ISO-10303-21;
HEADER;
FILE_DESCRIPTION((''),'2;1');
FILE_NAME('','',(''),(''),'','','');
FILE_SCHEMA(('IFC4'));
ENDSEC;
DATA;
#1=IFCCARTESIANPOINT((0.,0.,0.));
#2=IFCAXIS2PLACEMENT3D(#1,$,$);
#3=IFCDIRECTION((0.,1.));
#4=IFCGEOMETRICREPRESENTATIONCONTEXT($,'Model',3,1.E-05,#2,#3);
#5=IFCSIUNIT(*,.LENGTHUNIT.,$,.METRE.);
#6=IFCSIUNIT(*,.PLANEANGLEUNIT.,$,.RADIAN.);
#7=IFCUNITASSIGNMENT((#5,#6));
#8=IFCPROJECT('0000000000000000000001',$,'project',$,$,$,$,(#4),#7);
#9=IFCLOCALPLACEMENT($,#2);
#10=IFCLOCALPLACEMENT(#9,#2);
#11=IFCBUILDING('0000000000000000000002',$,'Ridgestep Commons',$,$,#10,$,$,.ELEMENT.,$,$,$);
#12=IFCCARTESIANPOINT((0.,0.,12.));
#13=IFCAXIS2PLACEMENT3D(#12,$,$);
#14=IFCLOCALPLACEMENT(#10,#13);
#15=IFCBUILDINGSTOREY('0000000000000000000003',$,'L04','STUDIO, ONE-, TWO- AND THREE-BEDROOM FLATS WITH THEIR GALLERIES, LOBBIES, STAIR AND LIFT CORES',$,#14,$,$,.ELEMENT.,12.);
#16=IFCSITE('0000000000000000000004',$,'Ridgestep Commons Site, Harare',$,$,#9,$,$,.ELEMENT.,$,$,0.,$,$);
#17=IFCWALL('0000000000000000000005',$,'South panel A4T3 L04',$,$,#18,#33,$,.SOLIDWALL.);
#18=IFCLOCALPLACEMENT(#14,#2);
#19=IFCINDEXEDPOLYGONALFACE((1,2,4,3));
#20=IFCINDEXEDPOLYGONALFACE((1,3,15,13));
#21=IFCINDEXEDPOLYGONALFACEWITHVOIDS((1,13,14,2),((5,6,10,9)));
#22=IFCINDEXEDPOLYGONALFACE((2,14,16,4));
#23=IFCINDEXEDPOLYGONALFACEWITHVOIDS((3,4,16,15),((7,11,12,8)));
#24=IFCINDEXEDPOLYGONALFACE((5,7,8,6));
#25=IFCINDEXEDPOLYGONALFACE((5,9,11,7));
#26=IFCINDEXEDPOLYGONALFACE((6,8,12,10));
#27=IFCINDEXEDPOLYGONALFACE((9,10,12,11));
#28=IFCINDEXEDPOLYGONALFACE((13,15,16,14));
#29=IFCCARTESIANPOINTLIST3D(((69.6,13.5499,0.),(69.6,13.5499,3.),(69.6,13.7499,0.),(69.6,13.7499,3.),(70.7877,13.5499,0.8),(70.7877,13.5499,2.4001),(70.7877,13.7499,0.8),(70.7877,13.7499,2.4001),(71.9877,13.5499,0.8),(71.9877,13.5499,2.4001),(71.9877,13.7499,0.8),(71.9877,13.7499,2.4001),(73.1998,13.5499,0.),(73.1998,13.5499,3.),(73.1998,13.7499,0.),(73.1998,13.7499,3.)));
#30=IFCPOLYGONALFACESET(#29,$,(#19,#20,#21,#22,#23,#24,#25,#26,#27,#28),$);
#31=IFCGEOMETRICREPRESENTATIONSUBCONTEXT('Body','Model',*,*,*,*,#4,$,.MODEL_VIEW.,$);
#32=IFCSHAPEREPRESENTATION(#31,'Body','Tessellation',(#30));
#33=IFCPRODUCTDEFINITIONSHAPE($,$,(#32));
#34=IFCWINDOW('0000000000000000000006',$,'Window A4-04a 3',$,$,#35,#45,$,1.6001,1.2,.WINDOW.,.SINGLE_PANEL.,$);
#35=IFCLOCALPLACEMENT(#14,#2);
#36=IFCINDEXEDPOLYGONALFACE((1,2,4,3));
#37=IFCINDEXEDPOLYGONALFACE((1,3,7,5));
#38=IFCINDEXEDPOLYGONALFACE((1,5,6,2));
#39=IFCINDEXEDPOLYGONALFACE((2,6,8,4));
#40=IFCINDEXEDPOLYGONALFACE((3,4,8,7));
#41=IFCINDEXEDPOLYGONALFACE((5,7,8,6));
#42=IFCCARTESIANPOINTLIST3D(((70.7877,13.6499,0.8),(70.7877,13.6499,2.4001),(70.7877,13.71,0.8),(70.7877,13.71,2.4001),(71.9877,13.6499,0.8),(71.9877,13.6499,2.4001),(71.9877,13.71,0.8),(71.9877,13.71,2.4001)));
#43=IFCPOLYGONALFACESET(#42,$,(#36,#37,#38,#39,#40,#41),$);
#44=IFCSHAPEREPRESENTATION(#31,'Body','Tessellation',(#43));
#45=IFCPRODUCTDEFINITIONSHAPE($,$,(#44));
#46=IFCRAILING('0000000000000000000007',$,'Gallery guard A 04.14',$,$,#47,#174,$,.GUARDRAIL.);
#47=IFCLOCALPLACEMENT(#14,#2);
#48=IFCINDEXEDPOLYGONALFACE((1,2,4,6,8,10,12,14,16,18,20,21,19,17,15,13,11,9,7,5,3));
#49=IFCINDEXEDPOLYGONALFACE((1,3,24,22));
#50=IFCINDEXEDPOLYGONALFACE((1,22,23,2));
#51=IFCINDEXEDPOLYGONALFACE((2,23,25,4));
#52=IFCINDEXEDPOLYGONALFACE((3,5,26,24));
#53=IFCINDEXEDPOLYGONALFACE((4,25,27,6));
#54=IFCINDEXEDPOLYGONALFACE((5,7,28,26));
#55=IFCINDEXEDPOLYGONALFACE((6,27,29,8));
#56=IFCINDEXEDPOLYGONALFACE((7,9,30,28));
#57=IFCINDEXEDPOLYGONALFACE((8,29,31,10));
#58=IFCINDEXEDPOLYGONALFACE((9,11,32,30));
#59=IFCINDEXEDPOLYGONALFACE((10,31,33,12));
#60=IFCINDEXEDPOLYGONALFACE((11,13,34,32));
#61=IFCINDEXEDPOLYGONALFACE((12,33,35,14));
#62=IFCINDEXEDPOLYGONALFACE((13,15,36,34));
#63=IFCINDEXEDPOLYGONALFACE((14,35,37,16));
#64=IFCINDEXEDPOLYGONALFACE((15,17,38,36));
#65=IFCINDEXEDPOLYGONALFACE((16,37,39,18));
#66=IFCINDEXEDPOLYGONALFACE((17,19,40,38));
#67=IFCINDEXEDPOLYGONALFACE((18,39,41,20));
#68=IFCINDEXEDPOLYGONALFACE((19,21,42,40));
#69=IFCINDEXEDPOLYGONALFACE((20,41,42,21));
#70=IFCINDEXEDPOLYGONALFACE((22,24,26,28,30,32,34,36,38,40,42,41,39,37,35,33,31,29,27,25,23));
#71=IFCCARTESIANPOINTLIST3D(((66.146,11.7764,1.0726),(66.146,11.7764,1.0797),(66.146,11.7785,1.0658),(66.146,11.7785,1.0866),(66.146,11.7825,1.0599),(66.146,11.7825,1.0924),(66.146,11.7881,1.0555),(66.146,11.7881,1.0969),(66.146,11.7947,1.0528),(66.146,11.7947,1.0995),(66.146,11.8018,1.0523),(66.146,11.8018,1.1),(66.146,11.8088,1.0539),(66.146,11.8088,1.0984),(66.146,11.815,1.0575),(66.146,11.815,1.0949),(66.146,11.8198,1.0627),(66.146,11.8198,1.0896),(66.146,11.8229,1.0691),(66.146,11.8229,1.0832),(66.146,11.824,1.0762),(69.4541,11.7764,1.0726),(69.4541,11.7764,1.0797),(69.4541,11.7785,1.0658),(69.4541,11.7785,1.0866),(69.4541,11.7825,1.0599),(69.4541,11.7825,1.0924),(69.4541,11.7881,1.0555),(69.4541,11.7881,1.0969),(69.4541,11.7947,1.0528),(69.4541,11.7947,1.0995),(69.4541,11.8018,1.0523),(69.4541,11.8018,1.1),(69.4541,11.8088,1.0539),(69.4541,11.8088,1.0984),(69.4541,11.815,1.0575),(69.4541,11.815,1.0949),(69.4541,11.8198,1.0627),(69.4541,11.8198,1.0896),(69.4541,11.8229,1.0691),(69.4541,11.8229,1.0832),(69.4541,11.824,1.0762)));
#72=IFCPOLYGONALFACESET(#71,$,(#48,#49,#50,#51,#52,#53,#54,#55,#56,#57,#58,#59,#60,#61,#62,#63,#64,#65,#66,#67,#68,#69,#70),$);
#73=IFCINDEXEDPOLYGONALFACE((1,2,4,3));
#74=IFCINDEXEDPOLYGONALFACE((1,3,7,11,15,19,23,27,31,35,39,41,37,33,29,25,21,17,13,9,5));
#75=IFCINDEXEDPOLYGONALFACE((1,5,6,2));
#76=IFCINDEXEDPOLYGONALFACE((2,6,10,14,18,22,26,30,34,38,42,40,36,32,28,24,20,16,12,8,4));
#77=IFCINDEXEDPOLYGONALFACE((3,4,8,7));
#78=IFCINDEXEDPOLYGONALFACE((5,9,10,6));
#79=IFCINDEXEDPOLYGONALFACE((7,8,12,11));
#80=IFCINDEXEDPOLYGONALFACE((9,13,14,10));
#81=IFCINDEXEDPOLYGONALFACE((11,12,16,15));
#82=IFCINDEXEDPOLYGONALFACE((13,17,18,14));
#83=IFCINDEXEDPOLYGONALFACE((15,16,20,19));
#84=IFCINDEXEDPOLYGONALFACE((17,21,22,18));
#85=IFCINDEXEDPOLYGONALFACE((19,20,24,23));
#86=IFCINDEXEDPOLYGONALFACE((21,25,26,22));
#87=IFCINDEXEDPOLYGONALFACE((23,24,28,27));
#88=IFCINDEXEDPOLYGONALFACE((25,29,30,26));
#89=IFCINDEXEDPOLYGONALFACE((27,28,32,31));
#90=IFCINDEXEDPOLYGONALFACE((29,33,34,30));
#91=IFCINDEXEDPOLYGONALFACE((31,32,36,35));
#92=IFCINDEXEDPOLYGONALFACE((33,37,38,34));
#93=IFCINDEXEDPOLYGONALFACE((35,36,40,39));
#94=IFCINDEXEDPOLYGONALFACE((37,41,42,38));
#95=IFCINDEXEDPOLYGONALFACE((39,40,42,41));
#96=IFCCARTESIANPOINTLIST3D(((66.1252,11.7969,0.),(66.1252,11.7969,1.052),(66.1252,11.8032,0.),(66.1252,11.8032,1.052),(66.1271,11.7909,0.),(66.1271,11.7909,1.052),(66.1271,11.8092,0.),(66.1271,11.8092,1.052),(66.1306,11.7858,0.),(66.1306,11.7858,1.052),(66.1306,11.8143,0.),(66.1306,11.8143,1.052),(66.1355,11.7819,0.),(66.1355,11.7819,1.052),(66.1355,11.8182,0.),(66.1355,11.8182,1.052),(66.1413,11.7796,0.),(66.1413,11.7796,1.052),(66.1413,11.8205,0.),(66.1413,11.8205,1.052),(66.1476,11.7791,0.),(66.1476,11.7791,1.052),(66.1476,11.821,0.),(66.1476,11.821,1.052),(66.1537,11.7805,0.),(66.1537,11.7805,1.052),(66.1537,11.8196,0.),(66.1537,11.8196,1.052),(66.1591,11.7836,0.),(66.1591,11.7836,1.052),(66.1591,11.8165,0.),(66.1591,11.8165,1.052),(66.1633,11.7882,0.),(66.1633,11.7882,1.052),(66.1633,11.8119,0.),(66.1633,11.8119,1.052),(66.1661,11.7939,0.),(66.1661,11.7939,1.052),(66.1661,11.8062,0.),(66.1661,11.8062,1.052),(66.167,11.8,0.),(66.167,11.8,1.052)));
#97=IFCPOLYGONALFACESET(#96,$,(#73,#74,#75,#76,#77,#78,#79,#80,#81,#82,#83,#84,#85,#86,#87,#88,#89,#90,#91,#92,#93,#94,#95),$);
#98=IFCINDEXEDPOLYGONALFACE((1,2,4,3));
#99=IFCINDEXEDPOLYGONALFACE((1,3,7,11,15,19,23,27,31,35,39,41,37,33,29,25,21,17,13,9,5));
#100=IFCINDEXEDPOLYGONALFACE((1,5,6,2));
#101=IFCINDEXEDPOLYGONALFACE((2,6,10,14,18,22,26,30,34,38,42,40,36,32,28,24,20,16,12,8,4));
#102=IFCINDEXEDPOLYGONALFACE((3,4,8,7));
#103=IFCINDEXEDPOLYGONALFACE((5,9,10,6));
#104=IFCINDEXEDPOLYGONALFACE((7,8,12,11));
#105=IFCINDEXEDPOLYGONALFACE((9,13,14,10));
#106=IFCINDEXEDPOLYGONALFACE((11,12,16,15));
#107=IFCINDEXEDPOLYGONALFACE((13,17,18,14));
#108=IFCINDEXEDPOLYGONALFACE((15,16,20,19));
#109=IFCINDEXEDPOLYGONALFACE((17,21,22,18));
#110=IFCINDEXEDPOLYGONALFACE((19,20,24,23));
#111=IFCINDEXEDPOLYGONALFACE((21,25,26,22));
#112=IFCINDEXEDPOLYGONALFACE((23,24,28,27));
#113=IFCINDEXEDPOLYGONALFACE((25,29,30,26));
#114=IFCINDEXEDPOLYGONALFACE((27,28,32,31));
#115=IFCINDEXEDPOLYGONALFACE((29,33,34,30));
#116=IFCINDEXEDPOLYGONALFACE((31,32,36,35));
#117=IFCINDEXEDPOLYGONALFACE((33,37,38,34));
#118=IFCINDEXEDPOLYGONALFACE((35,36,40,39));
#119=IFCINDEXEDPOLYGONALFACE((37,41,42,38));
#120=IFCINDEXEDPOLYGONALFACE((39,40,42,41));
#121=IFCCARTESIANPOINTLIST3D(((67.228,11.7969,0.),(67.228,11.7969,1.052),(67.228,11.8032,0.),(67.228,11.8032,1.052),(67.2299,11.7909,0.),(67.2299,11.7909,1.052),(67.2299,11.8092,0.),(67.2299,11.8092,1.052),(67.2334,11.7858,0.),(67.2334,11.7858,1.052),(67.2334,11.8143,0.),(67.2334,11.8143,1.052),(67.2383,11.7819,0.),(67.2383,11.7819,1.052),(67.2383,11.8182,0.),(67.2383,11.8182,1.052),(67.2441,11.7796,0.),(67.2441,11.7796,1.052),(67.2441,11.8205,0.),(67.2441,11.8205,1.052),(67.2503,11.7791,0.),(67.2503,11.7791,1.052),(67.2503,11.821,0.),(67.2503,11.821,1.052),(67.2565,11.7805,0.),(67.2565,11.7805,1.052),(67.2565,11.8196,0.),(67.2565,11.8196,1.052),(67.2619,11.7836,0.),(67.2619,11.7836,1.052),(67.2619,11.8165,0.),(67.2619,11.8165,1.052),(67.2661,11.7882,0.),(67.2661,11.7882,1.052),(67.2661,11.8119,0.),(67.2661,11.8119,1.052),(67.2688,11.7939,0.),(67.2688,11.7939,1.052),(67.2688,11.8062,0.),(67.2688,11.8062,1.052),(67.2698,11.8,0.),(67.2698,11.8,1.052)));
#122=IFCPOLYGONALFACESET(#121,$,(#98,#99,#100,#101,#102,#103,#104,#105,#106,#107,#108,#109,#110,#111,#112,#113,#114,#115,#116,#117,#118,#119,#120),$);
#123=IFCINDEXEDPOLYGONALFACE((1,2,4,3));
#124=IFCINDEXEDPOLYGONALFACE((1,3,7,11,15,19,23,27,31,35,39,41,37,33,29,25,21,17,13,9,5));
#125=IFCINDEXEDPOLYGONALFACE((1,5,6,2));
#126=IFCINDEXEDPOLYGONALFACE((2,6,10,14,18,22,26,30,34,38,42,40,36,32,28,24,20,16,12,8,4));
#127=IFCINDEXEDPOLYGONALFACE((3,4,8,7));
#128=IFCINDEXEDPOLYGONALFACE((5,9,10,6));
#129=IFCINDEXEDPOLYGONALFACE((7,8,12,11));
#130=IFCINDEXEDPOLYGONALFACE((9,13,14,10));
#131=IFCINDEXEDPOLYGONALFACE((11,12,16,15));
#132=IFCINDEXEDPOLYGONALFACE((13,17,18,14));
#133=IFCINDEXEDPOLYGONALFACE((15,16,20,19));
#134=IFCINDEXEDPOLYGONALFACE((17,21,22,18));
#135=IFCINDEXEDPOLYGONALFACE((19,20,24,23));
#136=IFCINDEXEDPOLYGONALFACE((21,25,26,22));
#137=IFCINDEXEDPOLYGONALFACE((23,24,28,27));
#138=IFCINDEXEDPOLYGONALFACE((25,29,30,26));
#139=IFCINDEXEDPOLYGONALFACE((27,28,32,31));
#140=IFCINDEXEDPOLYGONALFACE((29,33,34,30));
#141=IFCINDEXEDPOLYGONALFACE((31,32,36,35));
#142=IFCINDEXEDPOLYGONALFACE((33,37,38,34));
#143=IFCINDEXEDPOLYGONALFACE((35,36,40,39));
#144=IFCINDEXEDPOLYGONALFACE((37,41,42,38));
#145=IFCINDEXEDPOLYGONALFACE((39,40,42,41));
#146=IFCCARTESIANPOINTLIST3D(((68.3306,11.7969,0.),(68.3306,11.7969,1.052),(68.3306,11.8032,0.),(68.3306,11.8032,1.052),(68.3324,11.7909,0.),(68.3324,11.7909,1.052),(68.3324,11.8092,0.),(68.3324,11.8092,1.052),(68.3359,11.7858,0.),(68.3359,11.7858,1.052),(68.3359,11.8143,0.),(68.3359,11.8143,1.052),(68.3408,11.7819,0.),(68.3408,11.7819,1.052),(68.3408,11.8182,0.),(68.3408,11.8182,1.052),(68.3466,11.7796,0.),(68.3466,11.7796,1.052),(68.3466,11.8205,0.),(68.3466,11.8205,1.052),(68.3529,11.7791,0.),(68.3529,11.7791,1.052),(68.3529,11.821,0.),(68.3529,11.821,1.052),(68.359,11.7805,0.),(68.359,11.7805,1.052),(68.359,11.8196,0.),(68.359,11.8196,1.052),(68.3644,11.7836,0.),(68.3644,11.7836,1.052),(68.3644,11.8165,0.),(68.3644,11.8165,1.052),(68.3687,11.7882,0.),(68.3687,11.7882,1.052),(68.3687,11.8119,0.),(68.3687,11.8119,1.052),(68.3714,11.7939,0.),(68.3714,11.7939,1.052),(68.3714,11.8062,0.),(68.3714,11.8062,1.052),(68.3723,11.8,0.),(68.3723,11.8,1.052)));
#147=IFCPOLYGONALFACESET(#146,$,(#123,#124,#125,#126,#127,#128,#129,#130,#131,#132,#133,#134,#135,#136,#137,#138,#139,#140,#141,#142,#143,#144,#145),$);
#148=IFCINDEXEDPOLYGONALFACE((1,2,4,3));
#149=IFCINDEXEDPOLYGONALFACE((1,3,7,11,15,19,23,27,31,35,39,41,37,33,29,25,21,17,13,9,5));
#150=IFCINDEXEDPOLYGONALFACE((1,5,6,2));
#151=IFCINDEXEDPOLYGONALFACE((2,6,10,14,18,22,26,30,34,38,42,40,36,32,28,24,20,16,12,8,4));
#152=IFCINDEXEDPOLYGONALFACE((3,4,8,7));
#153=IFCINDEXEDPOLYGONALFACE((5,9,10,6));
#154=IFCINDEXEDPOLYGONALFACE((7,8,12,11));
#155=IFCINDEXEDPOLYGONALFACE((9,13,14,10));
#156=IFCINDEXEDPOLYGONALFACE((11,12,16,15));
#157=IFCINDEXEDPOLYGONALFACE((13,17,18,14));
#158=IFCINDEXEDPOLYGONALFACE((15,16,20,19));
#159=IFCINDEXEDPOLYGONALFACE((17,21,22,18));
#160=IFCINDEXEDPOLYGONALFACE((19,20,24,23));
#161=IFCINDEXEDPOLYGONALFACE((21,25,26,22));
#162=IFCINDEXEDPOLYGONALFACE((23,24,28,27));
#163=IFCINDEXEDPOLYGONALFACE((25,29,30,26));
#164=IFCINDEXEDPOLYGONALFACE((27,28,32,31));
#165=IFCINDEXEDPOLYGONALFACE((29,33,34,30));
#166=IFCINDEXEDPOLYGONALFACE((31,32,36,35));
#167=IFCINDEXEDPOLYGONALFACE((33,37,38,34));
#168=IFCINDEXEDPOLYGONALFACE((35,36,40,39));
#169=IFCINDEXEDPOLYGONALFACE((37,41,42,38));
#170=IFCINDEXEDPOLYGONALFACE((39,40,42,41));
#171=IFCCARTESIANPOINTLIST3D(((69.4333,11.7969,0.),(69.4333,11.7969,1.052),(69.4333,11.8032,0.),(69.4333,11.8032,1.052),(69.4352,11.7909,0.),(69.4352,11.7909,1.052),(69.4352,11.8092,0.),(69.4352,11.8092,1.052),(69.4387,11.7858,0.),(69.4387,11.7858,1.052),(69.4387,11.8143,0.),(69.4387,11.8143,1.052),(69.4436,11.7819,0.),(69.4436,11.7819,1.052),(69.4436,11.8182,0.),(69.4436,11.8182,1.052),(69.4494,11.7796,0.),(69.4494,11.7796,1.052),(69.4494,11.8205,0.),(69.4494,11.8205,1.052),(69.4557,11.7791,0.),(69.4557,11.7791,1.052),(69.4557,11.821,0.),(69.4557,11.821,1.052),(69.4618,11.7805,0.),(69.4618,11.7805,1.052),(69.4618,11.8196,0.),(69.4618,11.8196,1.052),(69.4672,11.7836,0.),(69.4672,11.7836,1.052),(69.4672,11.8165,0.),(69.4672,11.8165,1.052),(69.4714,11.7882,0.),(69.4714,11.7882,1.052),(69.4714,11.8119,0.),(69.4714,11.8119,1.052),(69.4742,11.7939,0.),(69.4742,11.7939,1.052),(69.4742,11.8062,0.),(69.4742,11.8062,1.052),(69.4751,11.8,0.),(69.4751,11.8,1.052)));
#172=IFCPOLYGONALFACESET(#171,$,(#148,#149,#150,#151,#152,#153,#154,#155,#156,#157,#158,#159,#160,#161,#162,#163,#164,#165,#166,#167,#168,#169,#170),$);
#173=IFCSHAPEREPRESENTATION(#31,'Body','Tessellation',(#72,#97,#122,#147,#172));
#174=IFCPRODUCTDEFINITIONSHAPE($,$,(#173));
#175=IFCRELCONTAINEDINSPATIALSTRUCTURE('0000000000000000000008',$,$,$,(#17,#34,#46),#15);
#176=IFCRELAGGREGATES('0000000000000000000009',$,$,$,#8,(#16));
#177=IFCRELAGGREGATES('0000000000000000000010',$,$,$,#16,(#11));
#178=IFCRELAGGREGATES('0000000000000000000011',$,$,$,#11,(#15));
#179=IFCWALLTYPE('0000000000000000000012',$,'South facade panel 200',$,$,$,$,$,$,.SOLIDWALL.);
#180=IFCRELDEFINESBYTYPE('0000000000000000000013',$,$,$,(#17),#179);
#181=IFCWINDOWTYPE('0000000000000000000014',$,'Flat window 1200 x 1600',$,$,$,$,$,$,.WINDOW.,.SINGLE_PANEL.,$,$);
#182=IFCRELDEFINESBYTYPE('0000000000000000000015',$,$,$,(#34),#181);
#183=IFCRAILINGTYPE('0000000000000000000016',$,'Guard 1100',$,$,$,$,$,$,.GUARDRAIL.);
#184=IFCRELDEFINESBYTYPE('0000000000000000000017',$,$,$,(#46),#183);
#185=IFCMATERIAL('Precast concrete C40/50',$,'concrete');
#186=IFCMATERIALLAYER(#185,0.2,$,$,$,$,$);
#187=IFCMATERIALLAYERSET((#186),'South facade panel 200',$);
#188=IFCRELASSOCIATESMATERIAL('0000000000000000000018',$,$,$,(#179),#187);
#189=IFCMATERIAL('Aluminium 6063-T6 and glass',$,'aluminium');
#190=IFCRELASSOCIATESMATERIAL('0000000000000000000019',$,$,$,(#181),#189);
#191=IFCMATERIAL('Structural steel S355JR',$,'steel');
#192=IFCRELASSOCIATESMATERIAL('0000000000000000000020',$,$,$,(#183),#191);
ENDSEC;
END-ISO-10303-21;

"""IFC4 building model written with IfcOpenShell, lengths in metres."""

from ifc_helpers import new_model, si_unit, direction, frame, frame_2d, origin, origin_2d, place, context, subcontext, project, spatial, rectangle, circle, extrude, material, layer, layer_set, type_object, element, fill, save


model = new_model("IFC4")

# Units and contexts
model_context = context("Model", 3, precision=1e-05, world=origin(), true_north=direction((0.0, 1.0)))
body_context = subcontext(model_context, "Body", "Model", "MODEL_VIEW")
ifc_project = project(units=[si_unit("LENGTHUNIT", "METRE"), si_unit("PLANEANGLEUNIT", "RADIAN")], contexts=[model_context])

# Site, building, storey
site_placement = place(None, origin())
site = spatial("IfcSite", under=ifc_project, at=site_placement, Name="Ridgestep Commons Site, Harare", CompositionType="ELEMENT", RefElevation=0.0)
building_placement = place(site_placement, origin())
building = spatial("IfcBuilding", under=site, at=building_placement, Name="Ridgestep Commons", CompositionType="ELEMENT")
storey_placement = place(building_placement, frame((0.0, 0.0, 12.0)))
storey = spatial("IfcBuildingStorey", under=building, at=storey_placement, Name="L04", Description="STUDIO, ONE-, TWO- AND THREE-BEDROOM FLATS WITH THEIR GALLERIES, LOBBIES, STAIR AND LIFT CORES", CompositionType="ELEMENT", Elevation=12.0)

# Shared definitions
ifc_material_1 = material(Name="Precast concrete C40/50", Category="concrete")
ifc_layer_1 = layer(ifc_material_1, 0.2)
ifc_layer_set_1 = layer_set([ifc_layer_1], Name="South facade panel 200")
wall_type_1 = type_object("IfcWallType", Name="South facade panel 200", PredefinedType="SOLIDWALL", material=ifc_layer_set_1)

# Wall, opening, window
wall_1_placement = place(storey_placement, frame((69.6001, 13.6499, 0.0), z_axis=(0.0, 0.0, 1.0), x_axis=(1.0, 0.0, 0.0)))
wall_1 = element("IfcWall", 1, at=wall_1_placement, inside=storey, type_object=wall_type_1, Name="South panel A4T3 L04", PredefinedType="SOLIDWALL", context=body_context, shape_type="SweptSolid", body=[
    extrude(rectangle(XDim=3.5999, YDim=0.2, at=frame_2d((1.7998, 0.0))), origin(), (0.0, 0.0, 1.0), 3.0),
])
opening_1_placement = place(wall_1_placement, frame((1.1875, 0.0, 0.8)))
opening_1 = element("IfcOpeningElement", 2, at=opening_1_placement, cuts=wall_1, PredefinedType="OPENING", context=body_context, shape_type="SweptSolid", body=[
    extrude(rectangle(XDim=1.2, YDim=1.6001, at=frame_2d((0.6001, 0.8))), frame((0.0, 0.1099, 0.0), z_axis=(0.0, -1.0, 0.0), x_axis=(1.0, 0.0, 0.0)), (0.0, 0.0, 1.0), 0.22),
])
ifc_material_2 = material(Name="Aluminium 6063-T6 and glass", Category="aluminium")
window_type = type_object("IfcWindowType", Name="Flat window 1200 x 1600", PartitioningType="SINGLE_PANEL", PredefinedType="WINDOW", material=ifc_material_2)
window_placement = place(opening_1_placement, origin())
window = element("IfcWindow", 3, at=window_placement, inside=storey, type_object=window_type, Name="Window A4-04a 3", OverallHeight=1.6001, OverallWidth=1.2, PartitioningType="SINGLE_PANEL", PredefinedType="WINDOW", context=body_context, shape_type="SweptSolid", body=[
    extrude(rectangle(XDim=1.2, YDim=1.6001, at=frame_2d((0.6001, 0.8))), frame((0.0, 0.0601, 0.0), z_axis=(0.0, -1.0, 0.0), x_axis=(1.0, 0.0, 0.0)), (0.0, 0.0, 1.0), 0.0601),
])
fill(opening_1, window)

# Railing
ifc_material_3 = material(Name="Structural steel S355JR", Category="steel")
railing_type = type_object("IfcRailingType", Name="Guard 1100", PredefinedType="GUARDRAIL", material=ifc_material_3)
railing_1_placement = place(storey_placement, frame((66.146, 11.8, 0.0)))
element("IfcRailing", 4, at=railing_1_placement, inside=storey, type_object=railing_type, Name="Gallery guard A 04.14", PredefinedType="GUARDRAIL", context=body_context, shape_type="SweptSolid", body=[
    extrude(circle(Radius=0.0239, at=origin_2d()), frame((0.0, 0.0, 1.0762), z_axis=(1.0, 0.0, 0.0), x_axis=(0.0, 1.0, 0.0)), (0.0, 0.0, 1.0), 3.3081),
    extrude(circle(Radius=0.021, at=origin_2d()), origin(), (0.0, 0.0, 1.0), 1.052),
    extrude(circle(Radius=0.021, at=origin_2d()), frame((1.1028, 0.0, 0.0)), (0.0, 0.0, 1.0), 1.052),
    extrude(circle(Radius=0.021, at=origin_2d()), frame((2.2053, 0.0, 0.0)), (0.0, 0.0, 1.0), 1.052),
    extrude(circle(Radius=0.021, at=origin_2d()), frame((3.3081, 0.0, 0.0)), (0.0, 0.0, 1.0), 1.052),
])

save(model, "model.ifc")
